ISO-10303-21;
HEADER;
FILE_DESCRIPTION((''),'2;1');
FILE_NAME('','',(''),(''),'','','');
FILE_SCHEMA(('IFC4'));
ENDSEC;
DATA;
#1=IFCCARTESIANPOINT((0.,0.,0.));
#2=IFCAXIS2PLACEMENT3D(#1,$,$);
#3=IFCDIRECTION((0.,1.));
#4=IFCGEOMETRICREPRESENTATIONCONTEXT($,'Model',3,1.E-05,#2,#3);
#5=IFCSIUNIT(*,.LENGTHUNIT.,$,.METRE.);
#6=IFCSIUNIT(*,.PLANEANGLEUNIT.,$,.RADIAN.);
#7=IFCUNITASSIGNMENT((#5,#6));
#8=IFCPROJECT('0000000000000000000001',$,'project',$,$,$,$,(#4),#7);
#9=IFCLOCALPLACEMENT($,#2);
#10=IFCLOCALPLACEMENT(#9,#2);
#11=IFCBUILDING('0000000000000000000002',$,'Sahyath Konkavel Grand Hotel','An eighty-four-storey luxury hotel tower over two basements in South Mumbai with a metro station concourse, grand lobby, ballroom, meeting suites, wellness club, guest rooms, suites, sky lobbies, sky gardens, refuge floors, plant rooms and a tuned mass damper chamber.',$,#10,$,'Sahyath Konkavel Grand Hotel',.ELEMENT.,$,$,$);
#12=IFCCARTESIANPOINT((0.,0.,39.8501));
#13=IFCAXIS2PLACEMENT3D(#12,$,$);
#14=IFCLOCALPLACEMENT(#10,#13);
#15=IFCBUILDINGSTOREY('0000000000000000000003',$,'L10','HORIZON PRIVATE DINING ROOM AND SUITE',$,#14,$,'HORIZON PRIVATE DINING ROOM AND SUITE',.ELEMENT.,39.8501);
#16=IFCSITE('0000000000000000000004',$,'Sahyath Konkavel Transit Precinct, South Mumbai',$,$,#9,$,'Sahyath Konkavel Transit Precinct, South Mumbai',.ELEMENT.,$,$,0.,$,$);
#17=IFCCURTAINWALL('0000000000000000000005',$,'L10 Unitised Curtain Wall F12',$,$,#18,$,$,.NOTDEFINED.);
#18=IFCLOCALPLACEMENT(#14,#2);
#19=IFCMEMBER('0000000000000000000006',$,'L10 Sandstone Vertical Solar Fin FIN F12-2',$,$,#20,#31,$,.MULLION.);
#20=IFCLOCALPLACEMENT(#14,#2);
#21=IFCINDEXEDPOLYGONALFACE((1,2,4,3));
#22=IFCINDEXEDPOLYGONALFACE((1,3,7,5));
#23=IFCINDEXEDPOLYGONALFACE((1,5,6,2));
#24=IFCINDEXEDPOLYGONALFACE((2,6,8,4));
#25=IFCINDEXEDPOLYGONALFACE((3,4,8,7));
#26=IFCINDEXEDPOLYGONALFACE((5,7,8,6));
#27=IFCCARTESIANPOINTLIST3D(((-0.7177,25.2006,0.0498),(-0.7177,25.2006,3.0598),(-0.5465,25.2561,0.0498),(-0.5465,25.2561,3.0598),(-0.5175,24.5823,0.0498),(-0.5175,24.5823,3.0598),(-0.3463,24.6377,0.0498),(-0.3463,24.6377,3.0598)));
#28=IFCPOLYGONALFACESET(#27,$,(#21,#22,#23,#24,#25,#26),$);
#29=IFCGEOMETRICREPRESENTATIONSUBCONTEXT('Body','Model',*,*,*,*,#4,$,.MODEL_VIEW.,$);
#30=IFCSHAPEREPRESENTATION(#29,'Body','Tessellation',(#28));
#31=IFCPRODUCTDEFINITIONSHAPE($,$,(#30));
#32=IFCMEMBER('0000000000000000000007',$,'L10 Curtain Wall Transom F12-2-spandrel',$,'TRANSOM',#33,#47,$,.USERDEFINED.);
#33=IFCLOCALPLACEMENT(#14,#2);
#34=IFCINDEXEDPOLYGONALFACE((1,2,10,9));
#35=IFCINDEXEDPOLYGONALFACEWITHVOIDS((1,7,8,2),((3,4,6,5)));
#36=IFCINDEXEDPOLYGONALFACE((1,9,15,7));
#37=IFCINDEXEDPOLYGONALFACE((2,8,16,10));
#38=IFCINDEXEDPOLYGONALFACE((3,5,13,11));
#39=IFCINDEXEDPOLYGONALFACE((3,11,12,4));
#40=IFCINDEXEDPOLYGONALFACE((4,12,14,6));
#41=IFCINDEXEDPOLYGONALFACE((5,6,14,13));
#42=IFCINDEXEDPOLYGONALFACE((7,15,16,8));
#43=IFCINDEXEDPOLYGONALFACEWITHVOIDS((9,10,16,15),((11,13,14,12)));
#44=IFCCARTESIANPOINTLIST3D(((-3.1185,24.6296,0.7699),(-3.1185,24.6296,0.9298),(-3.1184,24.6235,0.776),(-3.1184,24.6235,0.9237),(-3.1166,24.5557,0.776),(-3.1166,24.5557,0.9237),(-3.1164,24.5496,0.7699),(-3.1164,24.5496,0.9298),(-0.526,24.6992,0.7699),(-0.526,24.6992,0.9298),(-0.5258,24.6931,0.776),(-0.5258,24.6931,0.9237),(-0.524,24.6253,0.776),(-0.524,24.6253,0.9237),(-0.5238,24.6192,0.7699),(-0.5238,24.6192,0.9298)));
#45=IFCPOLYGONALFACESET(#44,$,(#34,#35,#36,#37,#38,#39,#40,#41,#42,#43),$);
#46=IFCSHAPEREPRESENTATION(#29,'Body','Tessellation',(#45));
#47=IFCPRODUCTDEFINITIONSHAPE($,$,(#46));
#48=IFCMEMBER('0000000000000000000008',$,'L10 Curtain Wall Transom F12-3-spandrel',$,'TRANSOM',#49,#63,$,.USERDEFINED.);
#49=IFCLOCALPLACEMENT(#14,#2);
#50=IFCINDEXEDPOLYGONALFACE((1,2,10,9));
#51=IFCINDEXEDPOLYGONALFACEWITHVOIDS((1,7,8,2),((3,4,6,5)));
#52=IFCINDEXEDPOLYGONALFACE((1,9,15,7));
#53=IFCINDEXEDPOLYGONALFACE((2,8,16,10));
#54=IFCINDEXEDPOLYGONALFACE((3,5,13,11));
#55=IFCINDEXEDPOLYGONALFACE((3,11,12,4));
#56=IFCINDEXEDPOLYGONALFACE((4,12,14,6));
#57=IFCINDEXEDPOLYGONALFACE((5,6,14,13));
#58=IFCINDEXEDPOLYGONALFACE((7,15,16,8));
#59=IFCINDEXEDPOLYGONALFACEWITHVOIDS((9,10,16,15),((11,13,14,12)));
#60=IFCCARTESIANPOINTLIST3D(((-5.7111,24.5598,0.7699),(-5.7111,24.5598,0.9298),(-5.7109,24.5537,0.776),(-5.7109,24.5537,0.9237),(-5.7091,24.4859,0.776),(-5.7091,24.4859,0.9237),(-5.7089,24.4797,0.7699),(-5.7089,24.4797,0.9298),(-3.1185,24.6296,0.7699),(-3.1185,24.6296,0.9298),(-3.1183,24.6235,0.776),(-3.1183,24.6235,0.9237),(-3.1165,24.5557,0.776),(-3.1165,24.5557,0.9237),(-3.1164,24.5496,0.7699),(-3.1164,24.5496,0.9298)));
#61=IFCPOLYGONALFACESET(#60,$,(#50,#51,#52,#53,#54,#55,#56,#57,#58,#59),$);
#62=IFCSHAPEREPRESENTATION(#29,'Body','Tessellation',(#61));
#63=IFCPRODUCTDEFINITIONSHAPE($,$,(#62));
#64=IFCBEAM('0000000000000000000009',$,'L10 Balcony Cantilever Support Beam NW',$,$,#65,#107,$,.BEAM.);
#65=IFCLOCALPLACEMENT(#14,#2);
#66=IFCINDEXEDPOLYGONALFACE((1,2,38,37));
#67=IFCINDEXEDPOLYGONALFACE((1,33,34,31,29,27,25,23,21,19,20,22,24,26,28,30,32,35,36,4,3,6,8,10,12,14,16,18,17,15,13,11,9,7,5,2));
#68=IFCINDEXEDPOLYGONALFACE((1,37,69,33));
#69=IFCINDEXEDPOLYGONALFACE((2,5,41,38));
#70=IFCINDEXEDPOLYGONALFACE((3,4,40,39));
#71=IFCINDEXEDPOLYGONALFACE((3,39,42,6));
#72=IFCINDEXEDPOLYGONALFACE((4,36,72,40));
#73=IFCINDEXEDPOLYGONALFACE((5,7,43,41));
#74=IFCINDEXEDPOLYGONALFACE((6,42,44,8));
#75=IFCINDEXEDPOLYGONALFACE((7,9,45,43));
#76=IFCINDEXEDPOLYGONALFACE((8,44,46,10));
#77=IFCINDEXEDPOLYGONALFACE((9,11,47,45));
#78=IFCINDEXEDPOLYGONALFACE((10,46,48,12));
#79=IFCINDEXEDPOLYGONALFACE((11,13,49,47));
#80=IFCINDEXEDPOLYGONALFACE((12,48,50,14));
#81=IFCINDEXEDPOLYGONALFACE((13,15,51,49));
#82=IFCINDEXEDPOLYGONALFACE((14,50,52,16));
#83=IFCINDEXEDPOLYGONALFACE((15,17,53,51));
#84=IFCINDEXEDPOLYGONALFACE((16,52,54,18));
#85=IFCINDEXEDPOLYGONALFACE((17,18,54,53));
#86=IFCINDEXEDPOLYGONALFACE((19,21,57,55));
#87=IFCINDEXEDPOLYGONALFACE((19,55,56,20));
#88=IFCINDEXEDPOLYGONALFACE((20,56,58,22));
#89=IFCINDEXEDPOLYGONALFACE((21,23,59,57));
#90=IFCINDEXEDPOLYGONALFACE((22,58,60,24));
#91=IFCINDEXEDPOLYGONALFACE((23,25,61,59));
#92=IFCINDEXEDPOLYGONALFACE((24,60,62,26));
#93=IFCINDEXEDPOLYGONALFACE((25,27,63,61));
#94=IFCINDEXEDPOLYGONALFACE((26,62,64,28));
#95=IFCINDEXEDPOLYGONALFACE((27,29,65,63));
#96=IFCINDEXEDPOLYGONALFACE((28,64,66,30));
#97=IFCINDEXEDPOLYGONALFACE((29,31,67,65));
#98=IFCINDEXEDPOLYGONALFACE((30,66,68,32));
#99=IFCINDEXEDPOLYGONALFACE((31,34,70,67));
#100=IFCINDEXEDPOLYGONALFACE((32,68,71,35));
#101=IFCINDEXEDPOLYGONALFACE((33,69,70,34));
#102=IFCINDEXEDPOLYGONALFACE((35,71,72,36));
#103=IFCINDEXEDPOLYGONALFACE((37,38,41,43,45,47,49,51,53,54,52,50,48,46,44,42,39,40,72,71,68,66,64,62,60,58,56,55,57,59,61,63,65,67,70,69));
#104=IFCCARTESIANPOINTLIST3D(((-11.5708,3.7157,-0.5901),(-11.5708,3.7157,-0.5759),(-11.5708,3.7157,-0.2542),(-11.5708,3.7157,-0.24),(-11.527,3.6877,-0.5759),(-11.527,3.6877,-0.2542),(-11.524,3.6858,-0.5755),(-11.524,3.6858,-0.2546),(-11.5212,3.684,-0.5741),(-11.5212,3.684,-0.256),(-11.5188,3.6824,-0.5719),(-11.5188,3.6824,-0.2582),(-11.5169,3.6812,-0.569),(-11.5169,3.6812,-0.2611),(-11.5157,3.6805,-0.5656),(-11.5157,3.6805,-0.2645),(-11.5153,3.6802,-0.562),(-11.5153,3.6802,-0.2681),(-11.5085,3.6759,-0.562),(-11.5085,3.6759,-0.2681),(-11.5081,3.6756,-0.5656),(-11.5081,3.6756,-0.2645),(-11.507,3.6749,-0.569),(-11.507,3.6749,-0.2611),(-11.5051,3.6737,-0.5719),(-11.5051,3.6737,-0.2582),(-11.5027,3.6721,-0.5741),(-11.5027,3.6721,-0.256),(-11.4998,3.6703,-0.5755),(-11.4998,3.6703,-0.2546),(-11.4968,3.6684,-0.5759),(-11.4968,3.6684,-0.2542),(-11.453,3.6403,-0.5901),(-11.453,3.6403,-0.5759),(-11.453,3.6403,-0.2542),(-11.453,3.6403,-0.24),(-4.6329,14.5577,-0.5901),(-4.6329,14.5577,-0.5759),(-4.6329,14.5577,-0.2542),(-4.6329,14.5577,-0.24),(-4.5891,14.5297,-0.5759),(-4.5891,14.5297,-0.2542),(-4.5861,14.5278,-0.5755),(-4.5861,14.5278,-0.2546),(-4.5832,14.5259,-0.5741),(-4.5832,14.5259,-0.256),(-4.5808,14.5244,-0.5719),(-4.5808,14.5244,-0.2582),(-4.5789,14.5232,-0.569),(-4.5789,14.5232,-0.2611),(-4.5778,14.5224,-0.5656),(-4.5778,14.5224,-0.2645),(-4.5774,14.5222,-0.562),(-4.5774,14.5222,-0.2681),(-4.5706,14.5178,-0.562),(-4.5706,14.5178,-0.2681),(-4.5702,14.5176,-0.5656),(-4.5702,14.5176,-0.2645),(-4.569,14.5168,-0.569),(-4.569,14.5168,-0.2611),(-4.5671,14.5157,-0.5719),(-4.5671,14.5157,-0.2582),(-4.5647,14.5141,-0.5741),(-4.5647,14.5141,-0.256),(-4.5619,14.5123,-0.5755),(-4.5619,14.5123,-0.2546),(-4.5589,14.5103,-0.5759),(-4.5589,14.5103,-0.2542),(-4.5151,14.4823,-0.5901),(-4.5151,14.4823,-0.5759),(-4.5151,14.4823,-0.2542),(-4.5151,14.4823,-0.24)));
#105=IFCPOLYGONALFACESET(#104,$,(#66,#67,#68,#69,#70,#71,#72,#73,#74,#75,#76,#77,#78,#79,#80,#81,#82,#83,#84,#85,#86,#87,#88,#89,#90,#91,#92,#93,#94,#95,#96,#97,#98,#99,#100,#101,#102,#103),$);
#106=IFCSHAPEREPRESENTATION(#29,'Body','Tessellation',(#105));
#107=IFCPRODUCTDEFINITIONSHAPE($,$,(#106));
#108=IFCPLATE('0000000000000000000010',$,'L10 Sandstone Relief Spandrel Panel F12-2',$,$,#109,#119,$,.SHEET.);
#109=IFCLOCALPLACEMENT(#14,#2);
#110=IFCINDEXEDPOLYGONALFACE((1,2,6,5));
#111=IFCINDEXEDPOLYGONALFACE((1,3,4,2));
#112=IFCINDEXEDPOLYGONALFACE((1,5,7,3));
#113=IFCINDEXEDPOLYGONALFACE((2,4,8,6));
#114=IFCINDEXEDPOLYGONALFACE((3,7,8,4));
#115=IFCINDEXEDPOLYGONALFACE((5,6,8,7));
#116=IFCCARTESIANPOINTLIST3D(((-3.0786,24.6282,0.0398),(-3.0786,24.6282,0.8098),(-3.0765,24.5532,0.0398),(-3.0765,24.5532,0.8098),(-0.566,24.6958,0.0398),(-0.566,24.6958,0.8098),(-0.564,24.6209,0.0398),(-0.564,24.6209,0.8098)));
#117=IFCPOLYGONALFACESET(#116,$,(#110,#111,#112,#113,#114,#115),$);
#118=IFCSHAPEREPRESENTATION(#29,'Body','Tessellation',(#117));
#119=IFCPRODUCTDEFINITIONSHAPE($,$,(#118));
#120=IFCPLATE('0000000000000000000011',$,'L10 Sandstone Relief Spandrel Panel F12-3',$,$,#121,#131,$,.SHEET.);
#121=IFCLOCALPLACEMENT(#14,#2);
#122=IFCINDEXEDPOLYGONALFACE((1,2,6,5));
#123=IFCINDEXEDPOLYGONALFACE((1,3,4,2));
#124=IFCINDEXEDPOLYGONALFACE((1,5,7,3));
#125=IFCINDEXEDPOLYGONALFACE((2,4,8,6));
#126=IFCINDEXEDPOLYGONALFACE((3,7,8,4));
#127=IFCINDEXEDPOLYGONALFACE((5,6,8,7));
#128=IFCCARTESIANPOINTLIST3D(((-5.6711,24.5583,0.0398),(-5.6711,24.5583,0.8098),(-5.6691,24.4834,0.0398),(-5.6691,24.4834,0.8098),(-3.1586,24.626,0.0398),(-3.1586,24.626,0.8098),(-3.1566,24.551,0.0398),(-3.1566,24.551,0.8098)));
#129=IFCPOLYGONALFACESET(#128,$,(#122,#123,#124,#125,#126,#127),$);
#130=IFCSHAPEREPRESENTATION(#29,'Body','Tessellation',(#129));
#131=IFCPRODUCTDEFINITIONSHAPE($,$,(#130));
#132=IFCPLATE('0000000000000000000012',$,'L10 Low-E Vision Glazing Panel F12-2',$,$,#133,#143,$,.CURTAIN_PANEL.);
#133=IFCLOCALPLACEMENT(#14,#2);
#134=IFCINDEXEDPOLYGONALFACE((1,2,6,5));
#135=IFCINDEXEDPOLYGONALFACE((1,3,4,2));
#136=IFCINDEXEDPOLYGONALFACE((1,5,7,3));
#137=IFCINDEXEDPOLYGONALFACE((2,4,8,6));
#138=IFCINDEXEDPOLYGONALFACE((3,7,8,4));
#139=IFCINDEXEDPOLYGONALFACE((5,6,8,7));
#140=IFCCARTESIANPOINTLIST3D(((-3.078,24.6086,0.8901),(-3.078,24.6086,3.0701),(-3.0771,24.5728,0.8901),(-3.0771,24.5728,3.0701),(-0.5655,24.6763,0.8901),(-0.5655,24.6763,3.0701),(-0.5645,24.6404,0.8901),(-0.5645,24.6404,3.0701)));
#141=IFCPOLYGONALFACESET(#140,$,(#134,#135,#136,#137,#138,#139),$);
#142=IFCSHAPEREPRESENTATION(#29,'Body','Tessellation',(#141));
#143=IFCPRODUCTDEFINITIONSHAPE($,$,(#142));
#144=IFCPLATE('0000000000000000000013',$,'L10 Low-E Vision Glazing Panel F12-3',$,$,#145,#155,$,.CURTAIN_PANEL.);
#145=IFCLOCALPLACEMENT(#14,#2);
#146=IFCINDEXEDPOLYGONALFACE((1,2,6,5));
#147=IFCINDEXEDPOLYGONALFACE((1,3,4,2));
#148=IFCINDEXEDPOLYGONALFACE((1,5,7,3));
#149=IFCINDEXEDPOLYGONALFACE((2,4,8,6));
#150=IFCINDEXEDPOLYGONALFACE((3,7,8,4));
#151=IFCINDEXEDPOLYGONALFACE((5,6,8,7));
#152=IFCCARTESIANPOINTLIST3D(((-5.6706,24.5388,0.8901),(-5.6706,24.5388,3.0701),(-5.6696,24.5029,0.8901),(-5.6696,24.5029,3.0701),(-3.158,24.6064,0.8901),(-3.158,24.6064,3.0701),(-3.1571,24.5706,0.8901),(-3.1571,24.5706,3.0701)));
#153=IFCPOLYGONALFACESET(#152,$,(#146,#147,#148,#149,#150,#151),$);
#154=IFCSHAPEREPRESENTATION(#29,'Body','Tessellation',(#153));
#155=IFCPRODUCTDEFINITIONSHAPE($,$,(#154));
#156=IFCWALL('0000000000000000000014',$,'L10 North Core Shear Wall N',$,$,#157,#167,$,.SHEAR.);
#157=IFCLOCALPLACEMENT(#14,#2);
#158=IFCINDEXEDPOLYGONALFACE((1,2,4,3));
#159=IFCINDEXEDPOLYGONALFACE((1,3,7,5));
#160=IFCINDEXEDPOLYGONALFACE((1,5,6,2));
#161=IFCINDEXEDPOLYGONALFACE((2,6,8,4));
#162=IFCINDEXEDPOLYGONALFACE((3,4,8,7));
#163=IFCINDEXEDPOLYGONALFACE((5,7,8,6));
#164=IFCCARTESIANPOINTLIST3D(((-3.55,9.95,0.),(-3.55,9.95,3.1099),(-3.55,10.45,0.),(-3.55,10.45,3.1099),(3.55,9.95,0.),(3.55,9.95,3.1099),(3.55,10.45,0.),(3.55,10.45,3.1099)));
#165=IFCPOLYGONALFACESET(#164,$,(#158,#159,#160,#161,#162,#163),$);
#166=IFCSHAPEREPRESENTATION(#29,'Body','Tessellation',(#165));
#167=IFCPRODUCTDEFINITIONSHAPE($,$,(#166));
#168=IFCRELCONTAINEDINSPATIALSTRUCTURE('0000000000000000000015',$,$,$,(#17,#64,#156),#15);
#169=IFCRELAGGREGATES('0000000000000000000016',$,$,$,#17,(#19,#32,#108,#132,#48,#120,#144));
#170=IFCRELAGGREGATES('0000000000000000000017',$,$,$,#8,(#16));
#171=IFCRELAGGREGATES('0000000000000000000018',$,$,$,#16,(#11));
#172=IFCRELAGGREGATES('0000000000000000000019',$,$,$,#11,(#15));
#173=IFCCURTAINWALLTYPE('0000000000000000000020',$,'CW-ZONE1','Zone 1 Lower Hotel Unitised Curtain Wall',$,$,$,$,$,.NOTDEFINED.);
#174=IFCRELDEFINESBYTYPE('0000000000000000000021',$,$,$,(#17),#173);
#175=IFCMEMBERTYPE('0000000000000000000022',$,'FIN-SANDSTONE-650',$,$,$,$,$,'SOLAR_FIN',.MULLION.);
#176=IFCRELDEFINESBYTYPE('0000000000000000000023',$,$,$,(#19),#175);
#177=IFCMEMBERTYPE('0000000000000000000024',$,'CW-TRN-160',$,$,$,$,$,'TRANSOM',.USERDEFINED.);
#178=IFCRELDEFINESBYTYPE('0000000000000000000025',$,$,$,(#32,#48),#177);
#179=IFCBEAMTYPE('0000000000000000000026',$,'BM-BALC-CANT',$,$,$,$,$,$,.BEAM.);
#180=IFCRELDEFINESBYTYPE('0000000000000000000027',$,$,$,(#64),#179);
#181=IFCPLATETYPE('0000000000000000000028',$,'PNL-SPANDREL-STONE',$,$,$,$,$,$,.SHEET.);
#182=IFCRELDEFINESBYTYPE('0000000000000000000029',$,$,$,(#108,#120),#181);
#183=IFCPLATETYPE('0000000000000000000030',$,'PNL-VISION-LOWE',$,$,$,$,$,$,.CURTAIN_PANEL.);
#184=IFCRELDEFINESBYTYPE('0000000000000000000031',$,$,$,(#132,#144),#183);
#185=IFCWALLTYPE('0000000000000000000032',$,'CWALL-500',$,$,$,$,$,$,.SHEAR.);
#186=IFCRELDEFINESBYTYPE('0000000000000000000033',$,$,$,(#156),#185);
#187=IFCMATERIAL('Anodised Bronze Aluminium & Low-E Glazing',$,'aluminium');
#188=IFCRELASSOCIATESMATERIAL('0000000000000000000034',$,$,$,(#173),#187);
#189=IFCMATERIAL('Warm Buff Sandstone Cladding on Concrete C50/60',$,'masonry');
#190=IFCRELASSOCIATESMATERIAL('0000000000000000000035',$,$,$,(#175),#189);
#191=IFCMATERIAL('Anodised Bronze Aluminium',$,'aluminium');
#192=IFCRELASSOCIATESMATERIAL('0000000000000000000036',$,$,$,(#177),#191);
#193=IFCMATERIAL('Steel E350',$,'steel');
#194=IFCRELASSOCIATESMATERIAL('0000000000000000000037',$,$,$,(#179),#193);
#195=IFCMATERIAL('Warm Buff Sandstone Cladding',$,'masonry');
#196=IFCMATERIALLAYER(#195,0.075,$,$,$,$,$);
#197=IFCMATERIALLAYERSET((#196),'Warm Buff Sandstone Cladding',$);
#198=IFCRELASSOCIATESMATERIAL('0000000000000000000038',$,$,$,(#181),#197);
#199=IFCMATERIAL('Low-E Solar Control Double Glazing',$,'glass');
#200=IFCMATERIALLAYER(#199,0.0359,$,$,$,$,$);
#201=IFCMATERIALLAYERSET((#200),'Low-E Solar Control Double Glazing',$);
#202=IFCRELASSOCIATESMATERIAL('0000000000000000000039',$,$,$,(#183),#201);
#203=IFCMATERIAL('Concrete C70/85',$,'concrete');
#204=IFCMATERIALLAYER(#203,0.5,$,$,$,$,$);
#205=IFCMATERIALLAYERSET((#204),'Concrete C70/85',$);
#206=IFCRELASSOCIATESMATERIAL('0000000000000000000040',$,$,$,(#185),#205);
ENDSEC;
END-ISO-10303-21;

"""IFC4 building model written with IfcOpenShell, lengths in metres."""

from ifc_helpers import new_model, si_unit, direction, frame, frame_2d, origin, origin_2d, place, context, subcontext, project, spatial, rectangle, hollow_rectangle, i_section, extrude, source, transform, mapped, material, layer, layer_set, material_profile, profile_set, type_object, element, aggregate, save


model = new_model("IFC4")

# Units and contexts
model_context = context("Model", 3, precision=1e-05, world=origin(), true_north=direction((0.0, 1.0)))
body_context = subcontext(model_context, "Body", "Model", "MODEL_VIEW")
ifc_project = project(units=[si_unit("LENGTHUNIT", "METRE"), si_unit("PLANEANGLEUNIT", "RADIAN")], contexts=[model_context])

# Site, building, storey
site_placement = place(None, origin())
site = spatial("IfcSite", under=ifc_project, at=site_placement, Name="Sahyath Konkavel Transit Precinct, South Mumbai", LongName="Sahyath Konkavel Transit Precinct, South Mumbai", CompositionType="ELEMENT", RefElevation=0.0)
building_placement = place(site_placement, origin())
building = spatial("IfcBuilding", under=site, at=building_placement, Name="Sahyath Konkavel Grand Hotel", Description="An eighty-four-storey luxury hotel tower over two basements in South Mumbai with a metro station concourse, grand lobby, ballroom, meeting suites, wellness club, guest rooms, suites, sky lobbies, sky gardens, refuge floors, plant rooms and a tuned mass damper chamber.", LongName="Sahyath Konkavel Grand Hotel", CompositionType="ELEMENT")
storey_placement = place(building_placement, frame((0.0, 0.0, 39.8501)))
storey = spatial("IfcBuildingStorey", under=building, at=storey_placement, Name="L10", Description="HORIZON PRIVATE DINING ROOM AND SUITE", LongName="HORIZON PRIVATE DINING ROOM AND SUITE", CompositionType="ELEMENT", Elevation=39.8501)

# Shared definitions
ifc_material_1 = material(Name="Concrete C70/85", Category="concrete")

# Shared definitions
ifc_material_2 = material(Name="Steel E350", Category="steel")

# Curtain wall, members
ifc_material_3 = material(Name="Anodised Bronze Aluminium & Low-E Glazing", Category="aluminium")
curtain_wall_type = type_object("IfcCurtainWallType", Name="CW-ZONE1", Description="Zone 1 Lower Hotel Unitised Curtain Wall", PredefinedType="NOTDEFINED", material=ifc_material_3)
curtain_wall_placement = place(storey_placement, origin())
curtain_wall = element("IfcCurtainWall", 1, at=curtain_wall_placement, inside=storey, type_object=curtain_wall_type, Name="L10 Unitised Curtain Wall F12", PredefinedType="NOTDEFINED")
ifc_material_4 = material(Name="Anodised Bronze Aluminium", Category="aluminium")
ifc_material_5 = material(Name="Warm Buff Sandstone Cladding on Concrete C50/60", Category="masonry")
ifc_material_profile_1 = material_profile(ifc_material_5, rectangle(XDim=0.1799, YDim=0.6499, at=origin_2d()), Name="FIN 180x650")
ifc_profile_set_1 = profile_set([ifc_material_profile_1], Name="Warm Buff Sandstone Cladding on Concrete C50/60")
member_type_1 = type_object("IfcMemberType", Name="FIN-SANDSTONE-650", ElementType="SOLAR_FIN", PredefinedType="MULLION", material=ifc_profile_set_1)
shared_shape_1 = source(origin(), body_context, "Body", "SweptSolid", [
    extrude(rectangle(XDim=0.1799, YDim=0.6499, at=origin_2d()), origin(), (0.0, 0.0, 1.0), 3.01),
])
member_1_placement = place(storey_placement, frame((-0.532, 24.9192, 0.0498), z_axis=(0.0, 0.0, 1.0), x_axis=(0.95138, 0.308021, 0.0)))
member_1 = element("IfcMember", 2, at=member_1_placement, type_object=member_type_1, Name="L10 Sandstone Vertical Solar Fin FIN F12-2", PredefinedType="MULLION", context=body_context, shape_type="MappedRepresentation", body=[
    mapped(shared_shape_1, transform((0.0, 0.0, 0.0), scale=1.0)),
])
ifc_material_profile_2 = material_profile(ifc_material_4, hollow_rectangle(XDim=0.0801, YDim=0.1599, WallThickness=0.0061, at=origin_2d()), Name="RHS 160x80x6")
ifc_profile_set_2 = profile_set([ifc_material_profile_2], Name="Anodised Bronze Aluminium")
member_type_2 = type_object("IfcMemberType", Name="CW-TRN-160", ElementType="TRANSOM", PredefinedType="USERDEFINED", material=ifc_profile_set_2)
shared_shape_2 = source(origin(), body_context, "Body", "SweptSolid", [
    extrude(hollow_rectangle(XDim=0.0801, YDim=0.1599, WallThickness=0.0061, at=origin_2d()), origin(), (0.0, 0.0, 1.0), 2.5935),
])
member_2_placement = place(storey_placement, frame((-0.5249, 24.6592, 0.8499), z_axis=(-0.99964, -0.026829, 0.0), x_axis=(0.026829, -0.99964, 0.0)))
member_2 = element("IfcMember", 3, at=member_2_placement, type_object=member_type_2, Name="L10 Curtain Wall Transom F12-2-spandrel", ObjectType="TRANSOM", PredefinedType="USERDEFINED", context=body_context, shape_type="MappedRepresentation", body=[
    mapped(shared_shape_2, transform((0.0, 0.0, 0.0), scale=1.0)),
])
member_3_placement = place(storey_placement, frame((-3.1174, 24.5896, 0.8499), z_axis=(-0.999638, -0.026923, 0.0), x_axis=(0.026923, -0.999638, 0.0)))
member_3 = element("IfcMember", 4, at=member_3_placement, type_object=member_type_2, Name="L10 Curtain Wall Transom F12-3-spandrel", ObjectType="TRANSOM", PredefinedType="USERDEFINED", context=body_context, shape_type="MappedRepresentation", body=[
    mapped(shared_shape_2, transform((0.0, 0.0, 0.0), scale=1.0)),
])

# Beam
ifc_material_profile_3 = material_profile(ifc_material_2, i_section(OverallWidth=0.1399, OverallDepth=0.3501, WebThickness=0.0081, FlangeThickness=0.0142, FilletRadius=0.0139, at=origin_2d()), Name="ISMB 350")
ifc_profile_set_3 = profile_set([ifc_material_profile_3], Name="Steel E350")
beam_type_1 = type_object("IfcBeamType", Name="BM-BALC-CANT", PredefinedType="BEAM", material=ifc_profile_set_3)
shared_shape_3 = source(origin(), body_context, "Body", "SweptSolid", [
    extrude(i_section(OverallWidth=0.1399, OverallDepth=0.3501, WebThickness=0.0081, FlangeThickness=0.0142, FilletRadius=0.0139, at=origin_2d()), origin(), (0.0, 0.0, 1.0), 12.8718),
])
beam_1_placement = place(storey_placement, frame((-4.574, 14.52, -0.415), z_axis=(-0.539003, -0.842304, 0.0), x_axis=(0.842304, -0.539003, 0.0)))
element("IfcBeam", 5, at=beam_1_placement, inside=storey, type_object=beam_type_1, Name="L10 Balcony Cantilever Support Beam NW", PredefinedType="BEAM", context=body_context, shape_type="MappedRepresentation", body=[
    mapped(shared_shape_3, transform((0.0, 0.0, 0.0), scale=1.0)),
])

# Plates
ifc_material_6 = material(Name="Warm Buff Sandstone Cladding", Category="masonry")
ifc_layer_1 = layer(ifc_material_6, 0.075)
ifc_layer_set_1 = layer_set([ifc_layer_1], Name="Warm Buff Sandstone Cladding")
plate_type_1 = type_object("IfcPlateType", Name="PNL-SPANDREL-STONE", PredefinedType="SHEET", material=ifc_layer_set_1)
shared_shape_4 = source(origin(), body_context, "Body", "SweptSolid", [
    extrude(rectangle(XDim=2.5134, YDim=0.075, at=origin_2d()), origin(), (0.0, 0.0, 1.0), 0.77),
])
plate_1_placement = place(storey_placement, frame((-1.8213, 24.6245, 0.0398), z_axis=(0.0, 0.0, 1.0), x_axis=(-0.999638, -0.02691, 0.0)))
plate_1 = element("IfcPlate", 6, at=plate_1_placement, type_object=plate_type_1, Name="L10 Sandstone Relief Spandrel Panel F12-2", PredefinedType="SHEET", context=body_context, shape_type="MappedRepresentation", body=[
    mapped(shared_shape_4, transform((0.0, 0.0, 0.0), scale=1.0)),
])
plate_2_placement = place(storey_placement, frame((-4.4138, 24.5547, 0.0398), z_axis=(0.0, 0.0, 1.0), x_axis=(-0.999638, -0.02691, 0.0)))
plate_2 = element("IfcPlate", 7, at=plate_2_placement, type_object=plate_type_1, Name="L10 Sandstone Relief Spandrel Panel F12-3", PredefinedType="SHEET", context=body_context, shape_type="MappedRepresentation", body=[
    mapped(shared_shape_4, transform((0.0, 0.0, 0.0), scale=1.0)),
])
ifc_material_7 = material(Name="Low-E Solar Control Double Glazing", Category="glass")
ifc_layer_2 = layer(ifc_material_7, 0.0359)
ifc_layer_set_2 = layer_set([ifc_layer_2], Name="Low-E Solar Control Double Glazing")
plate_type_2 = type_object("IfcPlateType", Name="PNL-VISION-LOWE", PredefinedType="CURTAIN_PANEL", material=ifc_layer_set_2)
shared_shape_5 = source(origin(), body_context, "Body", "SweptSolid", [
    extrude(rectangle(XDim=2.5134, YDim=0.0359, at=origin_2d()), origin(), (0.0, 0.0, 1.0), 2.1799),
])
plate_3_placement = place(storey_placement, frame((-1.8213, 24.6245, 0.8901), z_axis=(0.0, 0.0, 1.0), x_axis=(-0.999638, -0.02691, 0.0)))
plate_3 = element("IfcPlate", 8, at=plate_3_placement, type_object=plate_type_2, Name="L10 Low-E Vision Glazing Panel F12-2", PredefinedType="CURTAIN_PANEL", context=body_context, shape_type="MappedRepresentation", body=[
    mapped(shared_shape_5, transform((0.0, 0.0, 0.0), scale=1.0)),
])
plate_4_placement = place(storey_placement, frame((-4.4138, 24.5547, 0.8901), z_axis=(0.0, 0.0, 1.0), x_axis=(-0.999638, -0.02691, 0.0)))
plate_4 = element("IfcPlate", 9, at=plate_4_placement, type_object=plate_type_2, Name="L10 Low-E Vision Glazing Panel F12-3", PredefinedType="CURTAIN_PANEL", context=body_context, shape_type="MappedRepresentation", body=[
    mapped(shared_shape_5, transform((0.0, 0.0, 0.0), scale=1.0)),
])
aggregate(curtain_wall, [member_1, member_2, plate_1, plate_3, member_3, plate_2, plate_4])

# Wall
ifc_layer_3 = layer(ifc_material_1, 0.5)
ifc_layer_set_3 = layer_set([ifc_layer_3], Name="Concrete C70/85")
wall_type_1 = type_object("IfcWallType", Name="CWALL-500", PredefinedType="SHEAR", material=ifc_layer_set_3)
wall_1_placement = place(storey_placement, frame((-3.55, 10.2, 0.0), z_axis=(0.0, 0.0, 1.0), x_axis=(1.0, 0.0, 0.0)))
element("IfcWall", 10, at=wall_1_placement, inside=storey, type_object=wall_type_1, Name="L10 North Core Shear Wall N", PredefinedType="SHEAR", context=body_context, shape_type="SweptSolid", body=[
    extrude(rectangle(XDim=7.1001, YDim=0.5, at=frame_2d((3.55, 0.0))), origin(), (0.0, 0.0, 1.0), 3.1099),
])

save(model, "model.ifc")
